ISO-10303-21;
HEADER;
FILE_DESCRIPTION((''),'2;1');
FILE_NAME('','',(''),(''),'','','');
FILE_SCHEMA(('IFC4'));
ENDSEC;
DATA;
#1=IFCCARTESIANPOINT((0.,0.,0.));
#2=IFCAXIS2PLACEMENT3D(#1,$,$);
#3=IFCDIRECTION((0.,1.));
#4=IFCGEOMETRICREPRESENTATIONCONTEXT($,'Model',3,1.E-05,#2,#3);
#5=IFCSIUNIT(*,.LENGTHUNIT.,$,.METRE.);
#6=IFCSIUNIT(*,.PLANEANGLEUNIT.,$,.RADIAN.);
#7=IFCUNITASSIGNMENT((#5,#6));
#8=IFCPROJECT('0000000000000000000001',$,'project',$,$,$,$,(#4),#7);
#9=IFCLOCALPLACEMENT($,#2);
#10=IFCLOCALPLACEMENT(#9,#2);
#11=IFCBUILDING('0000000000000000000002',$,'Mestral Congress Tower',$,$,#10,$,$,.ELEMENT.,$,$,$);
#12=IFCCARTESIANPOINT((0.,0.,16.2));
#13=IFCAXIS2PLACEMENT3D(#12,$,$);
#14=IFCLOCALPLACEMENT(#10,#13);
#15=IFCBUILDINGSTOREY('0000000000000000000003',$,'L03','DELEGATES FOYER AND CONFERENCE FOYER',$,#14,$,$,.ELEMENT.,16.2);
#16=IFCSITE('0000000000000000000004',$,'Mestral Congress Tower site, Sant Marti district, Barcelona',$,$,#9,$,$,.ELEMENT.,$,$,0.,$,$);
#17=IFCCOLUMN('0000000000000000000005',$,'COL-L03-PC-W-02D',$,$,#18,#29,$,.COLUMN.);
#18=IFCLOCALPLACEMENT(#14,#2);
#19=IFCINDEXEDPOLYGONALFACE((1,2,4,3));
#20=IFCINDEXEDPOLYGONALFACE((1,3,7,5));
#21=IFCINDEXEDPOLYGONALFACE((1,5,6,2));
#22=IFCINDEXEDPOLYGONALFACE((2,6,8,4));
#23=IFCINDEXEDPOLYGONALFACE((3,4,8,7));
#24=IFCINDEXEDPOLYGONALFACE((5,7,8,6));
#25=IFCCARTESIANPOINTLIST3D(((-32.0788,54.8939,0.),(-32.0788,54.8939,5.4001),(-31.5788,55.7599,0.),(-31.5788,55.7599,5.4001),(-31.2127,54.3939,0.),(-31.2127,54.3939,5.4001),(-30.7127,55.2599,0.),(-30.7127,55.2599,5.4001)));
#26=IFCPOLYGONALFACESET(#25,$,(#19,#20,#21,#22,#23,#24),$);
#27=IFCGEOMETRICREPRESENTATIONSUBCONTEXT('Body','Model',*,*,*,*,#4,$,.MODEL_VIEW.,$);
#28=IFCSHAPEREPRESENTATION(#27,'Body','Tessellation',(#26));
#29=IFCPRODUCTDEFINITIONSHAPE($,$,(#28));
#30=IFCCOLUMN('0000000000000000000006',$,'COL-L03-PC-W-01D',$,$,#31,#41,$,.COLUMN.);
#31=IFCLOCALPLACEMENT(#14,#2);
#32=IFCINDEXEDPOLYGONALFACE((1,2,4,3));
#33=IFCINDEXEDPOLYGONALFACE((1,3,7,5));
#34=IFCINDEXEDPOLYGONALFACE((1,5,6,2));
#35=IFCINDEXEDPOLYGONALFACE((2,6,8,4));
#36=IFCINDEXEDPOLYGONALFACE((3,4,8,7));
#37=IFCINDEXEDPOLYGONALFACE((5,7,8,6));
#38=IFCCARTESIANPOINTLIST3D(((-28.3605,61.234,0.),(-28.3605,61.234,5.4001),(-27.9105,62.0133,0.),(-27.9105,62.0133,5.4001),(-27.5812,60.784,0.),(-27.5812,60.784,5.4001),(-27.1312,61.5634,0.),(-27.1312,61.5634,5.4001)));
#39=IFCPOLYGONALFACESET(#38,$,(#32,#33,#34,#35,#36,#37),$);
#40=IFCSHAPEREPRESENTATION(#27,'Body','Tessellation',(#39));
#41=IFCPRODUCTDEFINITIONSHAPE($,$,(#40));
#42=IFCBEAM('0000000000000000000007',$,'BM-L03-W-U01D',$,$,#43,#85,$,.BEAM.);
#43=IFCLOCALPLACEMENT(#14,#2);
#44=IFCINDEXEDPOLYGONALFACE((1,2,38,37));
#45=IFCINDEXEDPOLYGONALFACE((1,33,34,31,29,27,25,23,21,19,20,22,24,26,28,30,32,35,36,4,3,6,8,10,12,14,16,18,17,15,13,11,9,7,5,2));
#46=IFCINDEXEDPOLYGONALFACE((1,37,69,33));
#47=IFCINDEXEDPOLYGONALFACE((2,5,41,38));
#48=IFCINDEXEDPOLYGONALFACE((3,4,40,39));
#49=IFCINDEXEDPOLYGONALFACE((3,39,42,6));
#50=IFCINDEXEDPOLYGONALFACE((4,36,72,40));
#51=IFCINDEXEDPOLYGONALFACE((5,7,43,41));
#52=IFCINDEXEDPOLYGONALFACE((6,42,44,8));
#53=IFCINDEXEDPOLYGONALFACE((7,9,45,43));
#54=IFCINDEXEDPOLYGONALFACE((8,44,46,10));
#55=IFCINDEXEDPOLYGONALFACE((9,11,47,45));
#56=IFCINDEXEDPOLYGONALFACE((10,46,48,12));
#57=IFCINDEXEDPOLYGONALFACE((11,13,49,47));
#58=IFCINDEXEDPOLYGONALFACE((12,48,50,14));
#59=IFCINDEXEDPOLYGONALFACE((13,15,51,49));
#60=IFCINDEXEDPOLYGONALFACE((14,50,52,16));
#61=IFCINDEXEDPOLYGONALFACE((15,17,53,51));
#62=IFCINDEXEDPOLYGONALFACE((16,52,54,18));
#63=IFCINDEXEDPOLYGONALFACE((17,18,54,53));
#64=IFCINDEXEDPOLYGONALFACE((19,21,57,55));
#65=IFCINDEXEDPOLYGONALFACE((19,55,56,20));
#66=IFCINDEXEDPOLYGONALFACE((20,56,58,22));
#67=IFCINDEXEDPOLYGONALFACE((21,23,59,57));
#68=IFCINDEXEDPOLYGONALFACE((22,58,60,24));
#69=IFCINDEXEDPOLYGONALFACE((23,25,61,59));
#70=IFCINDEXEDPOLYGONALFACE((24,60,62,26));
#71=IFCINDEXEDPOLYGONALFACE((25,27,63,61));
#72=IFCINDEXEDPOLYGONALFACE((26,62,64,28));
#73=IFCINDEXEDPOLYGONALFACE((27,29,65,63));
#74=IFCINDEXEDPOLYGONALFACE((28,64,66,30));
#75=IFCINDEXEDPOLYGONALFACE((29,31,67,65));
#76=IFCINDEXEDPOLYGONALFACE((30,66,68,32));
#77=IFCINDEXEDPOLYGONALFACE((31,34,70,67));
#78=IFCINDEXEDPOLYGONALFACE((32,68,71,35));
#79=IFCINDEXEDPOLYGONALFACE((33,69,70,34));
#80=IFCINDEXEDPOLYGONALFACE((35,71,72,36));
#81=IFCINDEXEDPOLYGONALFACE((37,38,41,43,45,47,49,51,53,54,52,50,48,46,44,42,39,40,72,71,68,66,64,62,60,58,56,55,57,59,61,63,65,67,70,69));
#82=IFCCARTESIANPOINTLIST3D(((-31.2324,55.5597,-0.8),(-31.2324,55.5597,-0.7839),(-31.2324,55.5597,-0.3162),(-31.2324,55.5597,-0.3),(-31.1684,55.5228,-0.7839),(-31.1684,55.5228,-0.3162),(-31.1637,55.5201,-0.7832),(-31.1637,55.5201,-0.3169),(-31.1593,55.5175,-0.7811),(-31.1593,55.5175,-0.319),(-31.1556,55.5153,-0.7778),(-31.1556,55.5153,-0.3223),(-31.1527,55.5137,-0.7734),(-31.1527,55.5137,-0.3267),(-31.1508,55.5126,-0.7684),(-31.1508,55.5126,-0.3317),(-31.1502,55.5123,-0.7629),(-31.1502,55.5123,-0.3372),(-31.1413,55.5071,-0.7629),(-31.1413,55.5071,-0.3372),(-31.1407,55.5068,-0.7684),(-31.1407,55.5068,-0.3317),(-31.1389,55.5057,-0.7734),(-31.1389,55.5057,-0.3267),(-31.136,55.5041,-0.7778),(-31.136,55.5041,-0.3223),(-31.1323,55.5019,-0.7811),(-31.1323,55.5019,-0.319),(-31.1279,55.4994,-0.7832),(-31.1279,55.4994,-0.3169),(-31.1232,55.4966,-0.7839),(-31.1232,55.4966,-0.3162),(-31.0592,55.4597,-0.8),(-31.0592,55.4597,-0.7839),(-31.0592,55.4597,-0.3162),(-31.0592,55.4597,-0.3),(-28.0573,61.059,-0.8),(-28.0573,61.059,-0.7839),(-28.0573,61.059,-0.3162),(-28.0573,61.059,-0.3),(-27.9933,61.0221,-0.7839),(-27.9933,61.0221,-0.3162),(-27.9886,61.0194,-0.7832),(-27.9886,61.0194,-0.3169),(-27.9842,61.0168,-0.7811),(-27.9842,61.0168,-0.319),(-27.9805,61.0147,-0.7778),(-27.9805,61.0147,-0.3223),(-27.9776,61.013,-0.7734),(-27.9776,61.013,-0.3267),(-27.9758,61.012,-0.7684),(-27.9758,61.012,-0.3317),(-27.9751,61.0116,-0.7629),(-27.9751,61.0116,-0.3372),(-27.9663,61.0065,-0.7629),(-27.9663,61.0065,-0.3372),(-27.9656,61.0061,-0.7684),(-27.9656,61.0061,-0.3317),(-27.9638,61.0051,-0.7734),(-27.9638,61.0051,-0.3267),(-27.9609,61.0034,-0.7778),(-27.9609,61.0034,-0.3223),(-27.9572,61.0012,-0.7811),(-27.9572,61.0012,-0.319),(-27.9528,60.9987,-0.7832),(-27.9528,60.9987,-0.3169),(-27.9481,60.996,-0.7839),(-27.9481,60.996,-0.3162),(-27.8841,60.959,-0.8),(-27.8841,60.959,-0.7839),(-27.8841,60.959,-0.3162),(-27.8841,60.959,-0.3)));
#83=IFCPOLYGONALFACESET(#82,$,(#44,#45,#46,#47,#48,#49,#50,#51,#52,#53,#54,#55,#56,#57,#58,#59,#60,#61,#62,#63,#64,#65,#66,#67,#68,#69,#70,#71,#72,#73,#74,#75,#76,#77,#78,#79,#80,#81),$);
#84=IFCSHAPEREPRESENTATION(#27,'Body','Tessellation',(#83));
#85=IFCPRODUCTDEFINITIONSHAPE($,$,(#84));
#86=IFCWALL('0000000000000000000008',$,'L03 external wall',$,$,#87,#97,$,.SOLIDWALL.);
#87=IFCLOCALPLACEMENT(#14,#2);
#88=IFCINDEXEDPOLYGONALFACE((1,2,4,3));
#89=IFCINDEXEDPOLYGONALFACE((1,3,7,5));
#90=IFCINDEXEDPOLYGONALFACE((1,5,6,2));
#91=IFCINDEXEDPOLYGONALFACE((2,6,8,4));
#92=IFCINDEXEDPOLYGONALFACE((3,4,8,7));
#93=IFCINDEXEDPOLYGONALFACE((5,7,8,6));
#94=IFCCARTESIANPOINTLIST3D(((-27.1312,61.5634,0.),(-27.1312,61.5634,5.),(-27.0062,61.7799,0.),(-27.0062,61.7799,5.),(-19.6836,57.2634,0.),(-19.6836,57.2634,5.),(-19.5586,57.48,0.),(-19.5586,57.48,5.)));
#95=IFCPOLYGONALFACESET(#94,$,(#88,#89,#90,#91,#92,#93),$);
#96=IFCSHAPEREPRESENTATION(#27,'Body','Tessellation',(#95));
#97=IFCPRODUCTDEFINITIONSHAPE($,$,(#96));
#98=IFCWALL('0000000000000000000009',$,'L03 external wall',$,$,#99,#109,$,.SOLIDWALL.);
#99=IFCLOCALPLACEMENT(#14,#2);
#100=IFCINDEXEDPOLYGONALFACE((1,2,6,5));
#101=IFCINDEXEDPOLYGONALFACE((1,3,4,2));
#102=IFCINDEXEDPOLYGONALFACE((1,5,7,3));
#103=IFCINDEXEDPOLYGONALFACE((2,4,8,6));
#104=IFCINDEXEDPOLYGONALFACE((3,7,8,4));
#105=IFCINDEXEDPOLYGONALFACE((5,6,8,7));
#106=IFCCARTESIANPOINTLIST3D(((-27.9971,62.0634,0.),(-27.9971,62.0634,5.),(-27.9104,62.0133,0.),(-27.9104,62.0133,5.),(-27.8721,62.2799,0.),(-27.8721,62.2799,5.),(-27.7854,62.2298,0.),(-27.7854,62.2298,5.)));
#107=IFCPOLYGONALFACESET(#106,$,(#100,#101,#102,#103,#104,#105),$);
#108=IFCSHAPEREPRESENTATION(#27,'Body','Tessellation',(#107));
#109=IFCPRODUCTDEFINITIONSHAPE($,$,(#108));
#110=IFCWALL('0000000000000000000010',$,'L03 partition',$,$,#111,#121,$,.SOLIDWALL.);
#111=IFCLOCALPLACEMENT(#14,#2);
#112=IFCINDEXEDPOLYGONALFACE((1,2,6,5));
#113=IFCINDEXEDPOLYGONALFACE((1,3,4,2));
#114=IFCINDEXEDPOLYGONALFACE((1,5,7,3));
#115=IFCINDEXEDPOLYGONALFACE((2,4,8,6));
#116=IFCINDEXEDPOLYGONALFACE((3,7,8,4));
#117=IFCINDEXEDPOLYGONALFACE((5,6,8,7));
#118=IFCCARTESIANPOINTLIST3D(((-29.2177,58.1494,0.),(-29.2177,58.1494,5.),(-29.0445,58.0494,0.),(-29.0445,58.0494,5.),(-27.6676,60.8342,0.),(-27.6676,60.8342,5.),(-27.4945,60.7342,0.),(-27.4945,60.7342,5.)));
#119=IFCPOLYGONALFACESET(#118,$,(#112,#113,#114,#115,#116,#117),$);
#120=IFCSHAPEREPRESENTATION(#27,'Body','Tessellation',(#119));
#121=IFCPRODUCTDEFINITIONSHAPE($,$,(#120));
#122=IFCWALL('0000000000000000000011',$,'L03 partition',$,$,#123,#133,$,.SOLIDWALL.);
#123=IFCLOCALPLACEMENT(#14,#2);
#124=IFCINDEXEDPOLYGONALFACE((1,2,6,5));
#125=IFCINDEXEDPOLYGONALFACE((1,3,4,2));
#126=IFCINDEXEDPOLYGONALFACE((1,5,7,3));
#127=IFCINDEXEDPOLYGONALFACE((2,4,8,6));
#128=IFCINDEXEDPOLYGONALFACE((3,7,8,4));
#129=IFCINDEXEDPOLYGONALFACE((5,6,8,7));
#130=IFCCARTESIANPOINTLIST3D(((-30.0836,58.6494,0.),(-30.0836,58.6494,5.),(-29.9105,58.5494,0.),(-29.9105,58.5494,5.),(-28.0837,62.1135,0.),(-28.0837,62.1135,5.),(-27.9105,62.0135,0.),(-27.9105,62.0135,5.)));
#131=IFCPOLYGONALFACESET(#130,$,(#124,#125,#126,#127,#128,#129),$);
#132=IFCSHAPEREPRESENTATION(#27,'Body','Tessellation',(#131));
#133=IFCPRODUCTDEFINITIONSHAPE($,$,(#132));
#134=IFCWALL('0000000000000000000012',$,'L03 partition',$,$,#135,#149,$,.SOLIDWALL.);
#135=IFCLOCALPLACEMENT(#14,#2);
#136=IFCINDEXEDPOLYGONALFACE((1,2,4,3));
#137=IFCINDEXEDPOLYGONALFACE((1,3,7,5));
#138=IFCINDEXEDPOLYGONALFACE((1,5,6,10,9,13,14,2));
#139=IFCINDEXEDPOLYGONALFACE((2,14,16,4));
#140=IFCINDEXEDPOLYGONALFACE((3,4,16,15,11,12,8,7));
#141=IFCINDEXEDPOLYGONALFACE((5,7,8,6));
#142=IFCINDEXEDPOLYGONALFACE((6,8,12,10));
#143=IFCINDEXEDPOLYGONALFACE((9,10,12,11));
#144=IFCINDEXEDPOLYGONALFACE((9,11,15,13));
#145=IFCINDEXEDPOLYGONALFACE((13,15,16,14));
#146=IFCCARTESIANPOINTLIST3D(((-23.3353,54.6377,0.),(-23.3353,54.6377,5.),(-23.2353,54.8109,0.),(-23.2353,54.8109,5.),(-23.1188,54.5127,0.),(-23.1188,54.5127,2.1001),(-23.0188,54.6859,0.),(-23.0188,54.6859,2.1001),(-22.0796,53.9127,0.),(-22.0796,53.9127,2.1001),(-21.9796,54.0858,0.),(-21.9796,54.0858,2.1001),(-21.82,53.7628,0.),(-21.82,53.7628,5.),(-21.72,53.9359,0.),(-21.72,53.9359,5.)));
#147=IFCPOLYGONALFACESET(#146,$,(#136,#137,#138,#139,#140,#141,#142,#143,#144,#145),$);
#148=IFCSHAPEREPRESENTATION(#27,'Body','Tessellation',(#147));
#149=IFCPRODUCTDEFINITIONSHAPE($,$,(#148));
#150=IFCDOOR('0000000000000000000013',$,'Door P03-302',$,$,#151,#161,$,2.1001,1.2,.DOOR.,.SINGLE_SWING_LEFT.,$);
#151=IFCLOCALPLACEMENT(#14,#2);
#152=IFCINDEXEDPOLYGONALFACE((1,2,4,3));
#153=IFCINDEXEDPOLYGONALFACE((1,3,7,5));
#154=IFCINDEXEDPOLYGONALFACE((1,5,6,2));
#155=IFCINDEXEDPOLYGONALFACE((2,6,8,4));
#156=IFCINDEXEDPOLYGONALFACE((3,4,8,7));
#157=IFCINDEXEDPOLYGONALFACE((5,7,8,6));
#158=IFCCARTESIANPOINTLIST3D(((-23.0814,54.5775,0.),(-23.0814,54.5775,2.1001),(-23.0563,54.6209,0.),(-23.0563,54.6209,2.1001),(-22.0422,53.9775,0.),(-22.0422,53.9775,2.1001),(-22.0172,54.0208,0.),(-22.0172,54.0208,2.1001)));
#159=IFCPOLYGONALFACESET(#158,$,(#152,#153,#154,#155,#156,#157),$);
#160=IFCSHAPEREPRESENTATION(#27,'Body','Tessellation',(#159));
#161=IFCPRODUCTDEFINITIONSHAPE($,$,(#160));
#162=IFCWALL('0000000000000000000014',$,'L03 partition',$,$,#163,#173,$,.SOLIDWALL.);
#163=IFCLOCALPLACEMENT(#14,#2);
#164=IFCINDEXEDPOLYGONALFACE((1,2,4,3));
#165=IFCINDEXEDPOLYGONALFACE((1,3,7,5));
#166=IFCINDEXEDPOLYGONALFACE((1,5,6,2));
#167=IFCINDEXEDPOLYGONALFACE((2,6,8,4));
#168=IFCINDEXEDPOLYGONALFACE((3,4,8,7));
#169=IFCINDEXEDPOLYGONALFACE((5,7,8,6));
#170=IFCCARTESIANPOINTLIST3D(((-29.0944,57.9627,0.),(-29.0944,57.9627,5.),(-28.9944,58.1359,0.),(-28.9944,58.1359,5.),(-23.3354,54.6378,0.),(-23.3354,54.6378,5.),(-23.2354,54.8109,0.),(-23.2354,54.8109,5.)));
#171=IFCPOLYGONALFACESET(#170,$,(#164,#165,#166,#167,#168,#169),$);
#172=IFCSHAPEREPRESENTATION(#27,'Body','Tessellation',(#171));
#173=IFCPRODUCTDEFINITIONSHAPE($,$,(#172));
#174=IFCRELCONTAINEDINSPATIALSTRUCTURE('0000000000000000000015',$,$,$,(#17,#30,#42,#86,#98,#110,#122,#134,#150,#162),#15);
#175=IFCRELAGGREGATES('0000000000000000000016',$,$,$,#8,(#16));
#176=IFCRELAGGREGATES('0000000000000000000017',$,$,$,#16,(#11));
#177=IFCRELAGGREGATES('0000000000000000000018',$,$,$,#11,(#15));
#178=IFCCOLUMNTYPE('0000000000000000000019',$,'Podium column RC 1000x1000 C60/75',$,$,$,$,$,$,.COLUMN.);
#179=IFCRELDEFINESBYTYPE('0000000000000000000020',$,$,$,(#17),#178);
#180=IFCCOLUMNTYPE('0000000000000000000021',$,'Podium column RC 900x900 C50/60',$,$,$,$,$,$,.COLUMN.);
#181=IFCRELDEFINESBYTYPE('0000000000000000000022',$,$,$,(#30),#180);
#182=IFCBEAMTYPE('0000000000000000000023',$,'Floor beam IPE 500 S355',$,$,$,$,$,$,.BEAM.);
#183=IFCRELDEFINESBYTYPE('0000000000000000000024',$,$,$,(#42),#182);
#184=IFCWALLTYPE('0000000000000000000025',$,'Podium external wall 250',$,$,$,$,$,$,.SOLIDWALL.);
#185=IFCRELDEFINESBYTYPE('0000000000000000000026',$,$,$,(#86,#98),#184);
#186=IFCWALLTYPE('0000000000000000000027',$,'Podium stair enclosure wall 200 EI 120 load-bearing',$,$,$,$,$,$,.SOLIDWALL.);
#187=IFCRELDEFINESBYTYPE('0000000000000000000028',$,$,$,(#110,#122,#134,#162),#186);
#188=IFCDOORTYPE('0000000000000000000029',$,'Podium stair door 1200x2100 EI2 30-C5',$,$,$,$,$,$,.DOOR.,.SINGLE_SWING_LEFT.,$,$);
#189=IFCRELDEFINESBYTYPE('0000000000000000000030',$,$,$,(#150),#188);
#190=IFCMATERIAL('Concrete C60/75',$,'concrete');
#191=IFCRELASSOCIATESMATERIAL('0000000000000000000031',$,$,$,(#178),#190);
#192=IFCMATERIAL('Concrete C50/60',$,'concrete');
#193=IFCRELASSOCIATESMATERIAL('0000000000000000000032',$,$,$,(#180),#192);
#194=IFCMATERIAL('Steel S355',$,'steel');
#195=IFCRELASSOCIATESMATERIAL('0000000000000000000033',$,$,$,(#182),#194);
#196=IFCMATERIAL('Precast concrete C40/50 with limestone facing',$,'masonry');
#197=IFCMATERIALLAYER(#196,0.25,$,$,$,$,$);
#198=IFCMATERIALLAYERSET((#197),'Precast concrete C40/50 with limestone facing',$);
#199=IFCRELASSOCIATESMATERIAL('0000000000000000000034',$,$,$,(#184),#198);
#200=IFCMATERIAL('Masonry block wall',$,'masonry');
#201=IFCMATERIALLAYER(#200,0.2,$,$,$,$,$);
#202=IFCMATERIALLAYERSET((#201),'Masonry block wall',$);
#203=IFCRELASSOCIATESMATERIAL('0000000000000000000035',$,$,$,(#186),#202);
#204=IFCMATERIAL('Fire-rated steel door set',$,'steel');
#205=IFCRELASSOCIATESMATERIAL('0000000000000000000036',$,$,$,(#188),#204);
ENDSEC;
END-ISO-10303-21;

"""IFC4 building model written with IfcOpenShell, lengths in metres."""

from ifc_helpers import new_model, si_unit, direction, frame, frame_2d, origin, origin_2d, place, context, subcontext, project, spatial, rectangle, i_section, extrude, material, layer, layer_set, material_profile, profile_set, type_object, element, fill, save


model = new_model("IFC4")

# Units and contexts
model_context = context("Model", 3, precision=1e-05, world=origin(), true_north=direction((0.0, 1.0)))
body_context = subcontext(model_context, "Body", "Model", "MODEL_VIEW")
ifc_project = project(units=[si_unit("LENGTHUNIT", "METRE"), si_unit("PLANEANGLEUNIT", "RADIAN")], contexts=[model_context])

# Site, building, storey
site_placement = place(None, origin())
site = spatial("IfcSite", under=ifc_project, at=site_placement, Name="Mestral Congress Tower site, Sant Marti district, Barcelona", CompositionType="ELEMENT", RefElevation=0.0)
building_placement = place(site_placement, origin())
building = spatial("IfcBuilding", under=site, at=building_placement, Name="Mestral Congress Tower", CompositionType="ELEMENT")
storey_placement = place(building_placement, frame((0.0, 0.0, 16.2)))
storey = spatial("IfcBuildingStorey", under=building, at=storey_placement, Name="L03", Description="DELEGATES FOYER AND CONFERENCE FOYER", CompositionType="ELEMENT", Elevation=16.2)

# Columns
ifc_material_1 = material(Name="Concrete C60/75", Category="concrete")
ifc_material_profile_1 = material_profile(ifc_material_1, rectangle(XDim=1.0, YDim=1.0, at=origin_2d()), Name="RC 1000x1000")
ifc_profile_set_1 = profile_set([ifc_material_profile_1], Name="Concrete C60/75")
column_type_1 = type_object("IfcColumnType", Name="Podium column RC 1000x1000 C60/75", PredefinedType="COLUMN", material=ifc_profile_set_1)
column_1_placement = place(storey_placement, frame((-31.3958, 55.0769, 0.0), z_axis=(0.0, 0.0, 1.0), x_axis=(-0.5, -0.866025, 0.0)))
element("IfcColumn", 1, at=column_1_placement, inside=storey, type_object=column_type_1, Name="COL-L03-PC-W-02D", PredefinedType="COLUMN", context=body_context, shape_type="SweptSolid", body=[
    extrude(rectangle(XDim=1.0, YDim=1.0, at=origin_2d()), origin(), (0.0, 0.0, 1.0), 5.4001),
])
ifc_material_2 = material(Name="Concrete C50/60", Category="concrete")
ifc_material_profile_2 = material_profile(ifc_material_2, rectangle(XDim=0.8999, YDim=0.8999, at=origin_2d()), Name="RC 900x900")
ifc_profile_set_2 = profile_set([ifc_material_profile_2], Name="Concrete C50/60")
column_type_2 = type_object("IfcColumnType", Name="Podium column RC 900x900 C50/60", PredefinedType="COLUMN", material=ifc_profile_set_2)
column_2_placement = place(storey_placement, frame((-27.7458, 61.3987, 0.0), z_axis=(0.0, 0.0, 1.0), x_axis=(-0.5, -0.866025, 0.0)))
element("IfcColumn", 2, at=column_2_placement, inside=storey, type_object=column_type_2, Name="COL-L03-PC-W-01D", PredefinedType="COLUMN", context=body_context, shape_type="SweptSolid", body=[
    extrude(rectangle(XDim=0.8999, YDim=0.8999, at=origin_2d()), origin(), (0.0, 0.0, 1.0), 5.4001),
])

# Beam
ifc_material_3 = material(Name="Steel S355", Category="steel")
ifc_material_profile_3 = material_profile(ifc_material_3, i_section(OverallWidth=0.2, OverallDepth=0.5, WebThickness=0.0103, FlangeThickness=0.0161, FilletRadius=0.021, at=origin_2d()), Name="IPE 500")
ifc_profile_set_3 = profile_set([ifc_material_profile_3], Name="Steel S355")
beam_type = type_object("IfcBeamType", Name="Floor beam IPE 500 S355", PredefinedType="BEAM", material=ifc_profile_set_3)
beam_placement = place(storey_placement, frame((-27.9707, 61.009, -0.55), z_axis=(-0.500005, -0.866022, 0.0), x_axis=(0.866022, -0.500005, 0.0)))
element("IfcBeam", 3, at=beam_placement, inside=storey, type_object=beam_type, Name="BM-L03-W-U01D", PredefinedType="BEAM", context=body_context, shape_type="SweptSolid", body=[
    extrude(i_section(OverallWidth=0.2, OverallDepth=0.5, WebThickness=0.0103, FlangeThickness=0.0161, FilletRadius=0.021, at=origin_2d()), origin(), (0.0, 0.0, 1.0), 6.3501),
])

# Walls
ifc_material_4 = material(Name="Precast concrete C40/50 with limestone facing", Category="masonry")
ifc_layer_1 = layer(ifc_material_4, 0.25)
ifc_layer_set_1 = layer_set([ifc_layer_1], Name="Precast concrete C40/50 with limestone facing")
wall_type_1 = type_object("IfcWallType", Name="Podium external wall 250", PredefinedType="SOLIDWALL", material=ifc_layer_set_1)
wall_1_placement = place(storey_placement, frame((-27.0686, 61.6716, 0.0), z_axis=(0.0, 0.0, 1.0), x_axis=(0.866021, -0.500008, 0.0)))
element("IfcWall", 4, at=wall_1_placement, inside=storey, type_object=wall_type_1, Name="L03 external wall", PredefinedType="SOLIDWALL", context=body_context, shape_type="SweptSolid", body=[
    extrude(rectangle(XDim=8.5999, YDim=0.25, at=frame_2d((4.2998, 0.0))), origin(), (0.0, 0.0, 1.0), 5.0),
])
wall_2_placement = place(storey_placement, frame((-27.9346, 62.1716, 0.0), z_axis=(0.0, 0.0, 1.0), x_axis=(0.865982, -0.500074, 0.0)))
element("IfcWall", 5, at=wall_2_placement, inside=storey, type_object=wall_type_1, Name="L03 external wall", PredefinedType="SOLIDWALL", context=body_context, shape_type="SweptSolid", body=[
    extrude(rectangle(XDim=0.1001, YDim=0.25, at=frame_2d((0.05, 0.0))), origin(), (0.0, 0.0, 1.0), 5.0),
])
ifc_material_5 = material(Name="Masonry block wall", Category="masonry")
ifc_layer_2 = layer(ifc_material_5, 0.2)
ifc_layer_set_2 = layer_set([ifc_layer_2], Name="Masonry block wall")
wall_type_2 = type_object("IfcWallType", Name="Podium stair enclosure wall 200 EI 120 load-bearing", PredefinedType="SOLIDWALL", material=ifc_layer_set_2)
wall_3_placement = place(storey_placement, frame((-27.5811, 60.7842, 0.0), z_axis=(0.0, 0.0, 1.0), x_axis=(-0.499993, -0.86603, 0.0)))
element("IfcWall", 6, at=wall_3_placement, inside=storey, type_object=wall_type_2, Name="L03 partition", PredefinedType="SOLIDWALL", context=body_context, shape_type="SweptSolid", body=[
    extrude(rectangle(XDim=3.1001, YDim=0.2, at=frame_2d((1.55, 0.0))), origin(), (0.0, 0.0, 1.0), 5.0),
])
wall_4_placement = place(storey_placement, frame((-27.9971, 62.0635, 0.0), z_axis=(0.0, 0.0, 1.0), x_axis=(-0.499999, -0.866026, 0.0)))
element("IfcWall", 7, at=wall_4_placement, inside=storey, type_object=wall_type_2, Name="L03 partition", PredefinedType="SOLIDWALL", context=body_context, shape_type="SweptSolid", body=[
    extrude(rectangle(XDim=4.0, YDim=0.2, at=frame_2d((2.0, 0.0))), origin(), (0.0, 0.0, 1.0), 5.0),
])

# Wall, opening, door
wall_5_placement = place(storey_placement, frame((-23.2854, 54.7244, 0.0), z_axis=(0.0, 0.0, 1.0), x_axis=(0.866002, -0.50004, 0.0)))
wall_5 = element("IfcWall", 8, at=wall_5_placement, inside=storey, type_object=wall_type_2, Name="L03 partition", PredefinedType="SOLIDWALL", context=body_context, shape_type="SweptSolid", body=[
    extrude(rectangle(XDim=1.7498, YDim=0.2, at=frame_2d((0.875, 0.0))), origin(), (0.0, 0.0, 1.0), 5.0),
])
opening_1_placement = place(wall_5_placement, frame((0.25, 0.0, 0.0)))
opening_1 = element("IfcOpeningElement", 9, at=opening_1_placement, cuts=wall_5, PredefinedType="OPENING", context=body_context, shape_type="SweptSolid", body=[
    extrude(rectangle(XDim=1.2, YDim=2.1001, at=frame_2d((0.6001, 1.05))), frame((0.0, 0.1099, 0.0), z_axis=(0.0, -1.0, 0.0), x_axis=(1.0, 0.0, 0.0)), (0.0, 0.0, 1.0), 0.22),
])
ifc_material_6 = material(Name="Fire-rated steel door set", Category="steel")
door_type = type_object("IfcDoorType", Name="Podium stair door 1200x2100 EI2 30-C5", OperationType="SINGLE_SWING_LEFT", PredefinedType="DOOR", material=ifc_material_6)
door_1_placement = place(opening_1_placement, origin())
door_1 = element("IfcDoor", 10, at=door_1_placement, inside=storey, type_object=door_type, Name="Door P03-302", OperationType="SINGLE_SWING_LEFT", OverallHeight=2.1001, OverallWidth=1.2, PredefinedType="DOOR", context=body_context, shape_type="SweptSolid", body=[
    extrude(rectangle(XDim=1.2, YDim=2.1001, at=frame_2d((0.6001, 1.05))), frame((0.0, 0.0249, 0.0), z_axis=(0.0, -1.0, 0.0), x_axis=(1.0, 0.0, 0.0)), (0.0, 0.0, 1.0), 0.05),
])
fill(opening_1, door_1)

# Wall
wall_6_placement = place(storey_placement, frame((-23.2854, 54.7244, 0.0), z_axis=(0.0, 0.0, 1.0), x_axis=(-0.866027, 0.499997, 0.0)))
element("IfcWall", 11, at=wall_6_placement, inside=storey, type_object=wall_type_2, Name="L03 partition", PredefinedType="SOLIDWALL", context=body_context, shape_type="SweptSolid", body=[
    extrude(rectangle(XDim=6.6499, YDim=0.2, at=frame_2d((3.325, 0.0))), origin(), (0.0, 0.0, 1.0), 5.0),
])

save(model, "model.ifc")
